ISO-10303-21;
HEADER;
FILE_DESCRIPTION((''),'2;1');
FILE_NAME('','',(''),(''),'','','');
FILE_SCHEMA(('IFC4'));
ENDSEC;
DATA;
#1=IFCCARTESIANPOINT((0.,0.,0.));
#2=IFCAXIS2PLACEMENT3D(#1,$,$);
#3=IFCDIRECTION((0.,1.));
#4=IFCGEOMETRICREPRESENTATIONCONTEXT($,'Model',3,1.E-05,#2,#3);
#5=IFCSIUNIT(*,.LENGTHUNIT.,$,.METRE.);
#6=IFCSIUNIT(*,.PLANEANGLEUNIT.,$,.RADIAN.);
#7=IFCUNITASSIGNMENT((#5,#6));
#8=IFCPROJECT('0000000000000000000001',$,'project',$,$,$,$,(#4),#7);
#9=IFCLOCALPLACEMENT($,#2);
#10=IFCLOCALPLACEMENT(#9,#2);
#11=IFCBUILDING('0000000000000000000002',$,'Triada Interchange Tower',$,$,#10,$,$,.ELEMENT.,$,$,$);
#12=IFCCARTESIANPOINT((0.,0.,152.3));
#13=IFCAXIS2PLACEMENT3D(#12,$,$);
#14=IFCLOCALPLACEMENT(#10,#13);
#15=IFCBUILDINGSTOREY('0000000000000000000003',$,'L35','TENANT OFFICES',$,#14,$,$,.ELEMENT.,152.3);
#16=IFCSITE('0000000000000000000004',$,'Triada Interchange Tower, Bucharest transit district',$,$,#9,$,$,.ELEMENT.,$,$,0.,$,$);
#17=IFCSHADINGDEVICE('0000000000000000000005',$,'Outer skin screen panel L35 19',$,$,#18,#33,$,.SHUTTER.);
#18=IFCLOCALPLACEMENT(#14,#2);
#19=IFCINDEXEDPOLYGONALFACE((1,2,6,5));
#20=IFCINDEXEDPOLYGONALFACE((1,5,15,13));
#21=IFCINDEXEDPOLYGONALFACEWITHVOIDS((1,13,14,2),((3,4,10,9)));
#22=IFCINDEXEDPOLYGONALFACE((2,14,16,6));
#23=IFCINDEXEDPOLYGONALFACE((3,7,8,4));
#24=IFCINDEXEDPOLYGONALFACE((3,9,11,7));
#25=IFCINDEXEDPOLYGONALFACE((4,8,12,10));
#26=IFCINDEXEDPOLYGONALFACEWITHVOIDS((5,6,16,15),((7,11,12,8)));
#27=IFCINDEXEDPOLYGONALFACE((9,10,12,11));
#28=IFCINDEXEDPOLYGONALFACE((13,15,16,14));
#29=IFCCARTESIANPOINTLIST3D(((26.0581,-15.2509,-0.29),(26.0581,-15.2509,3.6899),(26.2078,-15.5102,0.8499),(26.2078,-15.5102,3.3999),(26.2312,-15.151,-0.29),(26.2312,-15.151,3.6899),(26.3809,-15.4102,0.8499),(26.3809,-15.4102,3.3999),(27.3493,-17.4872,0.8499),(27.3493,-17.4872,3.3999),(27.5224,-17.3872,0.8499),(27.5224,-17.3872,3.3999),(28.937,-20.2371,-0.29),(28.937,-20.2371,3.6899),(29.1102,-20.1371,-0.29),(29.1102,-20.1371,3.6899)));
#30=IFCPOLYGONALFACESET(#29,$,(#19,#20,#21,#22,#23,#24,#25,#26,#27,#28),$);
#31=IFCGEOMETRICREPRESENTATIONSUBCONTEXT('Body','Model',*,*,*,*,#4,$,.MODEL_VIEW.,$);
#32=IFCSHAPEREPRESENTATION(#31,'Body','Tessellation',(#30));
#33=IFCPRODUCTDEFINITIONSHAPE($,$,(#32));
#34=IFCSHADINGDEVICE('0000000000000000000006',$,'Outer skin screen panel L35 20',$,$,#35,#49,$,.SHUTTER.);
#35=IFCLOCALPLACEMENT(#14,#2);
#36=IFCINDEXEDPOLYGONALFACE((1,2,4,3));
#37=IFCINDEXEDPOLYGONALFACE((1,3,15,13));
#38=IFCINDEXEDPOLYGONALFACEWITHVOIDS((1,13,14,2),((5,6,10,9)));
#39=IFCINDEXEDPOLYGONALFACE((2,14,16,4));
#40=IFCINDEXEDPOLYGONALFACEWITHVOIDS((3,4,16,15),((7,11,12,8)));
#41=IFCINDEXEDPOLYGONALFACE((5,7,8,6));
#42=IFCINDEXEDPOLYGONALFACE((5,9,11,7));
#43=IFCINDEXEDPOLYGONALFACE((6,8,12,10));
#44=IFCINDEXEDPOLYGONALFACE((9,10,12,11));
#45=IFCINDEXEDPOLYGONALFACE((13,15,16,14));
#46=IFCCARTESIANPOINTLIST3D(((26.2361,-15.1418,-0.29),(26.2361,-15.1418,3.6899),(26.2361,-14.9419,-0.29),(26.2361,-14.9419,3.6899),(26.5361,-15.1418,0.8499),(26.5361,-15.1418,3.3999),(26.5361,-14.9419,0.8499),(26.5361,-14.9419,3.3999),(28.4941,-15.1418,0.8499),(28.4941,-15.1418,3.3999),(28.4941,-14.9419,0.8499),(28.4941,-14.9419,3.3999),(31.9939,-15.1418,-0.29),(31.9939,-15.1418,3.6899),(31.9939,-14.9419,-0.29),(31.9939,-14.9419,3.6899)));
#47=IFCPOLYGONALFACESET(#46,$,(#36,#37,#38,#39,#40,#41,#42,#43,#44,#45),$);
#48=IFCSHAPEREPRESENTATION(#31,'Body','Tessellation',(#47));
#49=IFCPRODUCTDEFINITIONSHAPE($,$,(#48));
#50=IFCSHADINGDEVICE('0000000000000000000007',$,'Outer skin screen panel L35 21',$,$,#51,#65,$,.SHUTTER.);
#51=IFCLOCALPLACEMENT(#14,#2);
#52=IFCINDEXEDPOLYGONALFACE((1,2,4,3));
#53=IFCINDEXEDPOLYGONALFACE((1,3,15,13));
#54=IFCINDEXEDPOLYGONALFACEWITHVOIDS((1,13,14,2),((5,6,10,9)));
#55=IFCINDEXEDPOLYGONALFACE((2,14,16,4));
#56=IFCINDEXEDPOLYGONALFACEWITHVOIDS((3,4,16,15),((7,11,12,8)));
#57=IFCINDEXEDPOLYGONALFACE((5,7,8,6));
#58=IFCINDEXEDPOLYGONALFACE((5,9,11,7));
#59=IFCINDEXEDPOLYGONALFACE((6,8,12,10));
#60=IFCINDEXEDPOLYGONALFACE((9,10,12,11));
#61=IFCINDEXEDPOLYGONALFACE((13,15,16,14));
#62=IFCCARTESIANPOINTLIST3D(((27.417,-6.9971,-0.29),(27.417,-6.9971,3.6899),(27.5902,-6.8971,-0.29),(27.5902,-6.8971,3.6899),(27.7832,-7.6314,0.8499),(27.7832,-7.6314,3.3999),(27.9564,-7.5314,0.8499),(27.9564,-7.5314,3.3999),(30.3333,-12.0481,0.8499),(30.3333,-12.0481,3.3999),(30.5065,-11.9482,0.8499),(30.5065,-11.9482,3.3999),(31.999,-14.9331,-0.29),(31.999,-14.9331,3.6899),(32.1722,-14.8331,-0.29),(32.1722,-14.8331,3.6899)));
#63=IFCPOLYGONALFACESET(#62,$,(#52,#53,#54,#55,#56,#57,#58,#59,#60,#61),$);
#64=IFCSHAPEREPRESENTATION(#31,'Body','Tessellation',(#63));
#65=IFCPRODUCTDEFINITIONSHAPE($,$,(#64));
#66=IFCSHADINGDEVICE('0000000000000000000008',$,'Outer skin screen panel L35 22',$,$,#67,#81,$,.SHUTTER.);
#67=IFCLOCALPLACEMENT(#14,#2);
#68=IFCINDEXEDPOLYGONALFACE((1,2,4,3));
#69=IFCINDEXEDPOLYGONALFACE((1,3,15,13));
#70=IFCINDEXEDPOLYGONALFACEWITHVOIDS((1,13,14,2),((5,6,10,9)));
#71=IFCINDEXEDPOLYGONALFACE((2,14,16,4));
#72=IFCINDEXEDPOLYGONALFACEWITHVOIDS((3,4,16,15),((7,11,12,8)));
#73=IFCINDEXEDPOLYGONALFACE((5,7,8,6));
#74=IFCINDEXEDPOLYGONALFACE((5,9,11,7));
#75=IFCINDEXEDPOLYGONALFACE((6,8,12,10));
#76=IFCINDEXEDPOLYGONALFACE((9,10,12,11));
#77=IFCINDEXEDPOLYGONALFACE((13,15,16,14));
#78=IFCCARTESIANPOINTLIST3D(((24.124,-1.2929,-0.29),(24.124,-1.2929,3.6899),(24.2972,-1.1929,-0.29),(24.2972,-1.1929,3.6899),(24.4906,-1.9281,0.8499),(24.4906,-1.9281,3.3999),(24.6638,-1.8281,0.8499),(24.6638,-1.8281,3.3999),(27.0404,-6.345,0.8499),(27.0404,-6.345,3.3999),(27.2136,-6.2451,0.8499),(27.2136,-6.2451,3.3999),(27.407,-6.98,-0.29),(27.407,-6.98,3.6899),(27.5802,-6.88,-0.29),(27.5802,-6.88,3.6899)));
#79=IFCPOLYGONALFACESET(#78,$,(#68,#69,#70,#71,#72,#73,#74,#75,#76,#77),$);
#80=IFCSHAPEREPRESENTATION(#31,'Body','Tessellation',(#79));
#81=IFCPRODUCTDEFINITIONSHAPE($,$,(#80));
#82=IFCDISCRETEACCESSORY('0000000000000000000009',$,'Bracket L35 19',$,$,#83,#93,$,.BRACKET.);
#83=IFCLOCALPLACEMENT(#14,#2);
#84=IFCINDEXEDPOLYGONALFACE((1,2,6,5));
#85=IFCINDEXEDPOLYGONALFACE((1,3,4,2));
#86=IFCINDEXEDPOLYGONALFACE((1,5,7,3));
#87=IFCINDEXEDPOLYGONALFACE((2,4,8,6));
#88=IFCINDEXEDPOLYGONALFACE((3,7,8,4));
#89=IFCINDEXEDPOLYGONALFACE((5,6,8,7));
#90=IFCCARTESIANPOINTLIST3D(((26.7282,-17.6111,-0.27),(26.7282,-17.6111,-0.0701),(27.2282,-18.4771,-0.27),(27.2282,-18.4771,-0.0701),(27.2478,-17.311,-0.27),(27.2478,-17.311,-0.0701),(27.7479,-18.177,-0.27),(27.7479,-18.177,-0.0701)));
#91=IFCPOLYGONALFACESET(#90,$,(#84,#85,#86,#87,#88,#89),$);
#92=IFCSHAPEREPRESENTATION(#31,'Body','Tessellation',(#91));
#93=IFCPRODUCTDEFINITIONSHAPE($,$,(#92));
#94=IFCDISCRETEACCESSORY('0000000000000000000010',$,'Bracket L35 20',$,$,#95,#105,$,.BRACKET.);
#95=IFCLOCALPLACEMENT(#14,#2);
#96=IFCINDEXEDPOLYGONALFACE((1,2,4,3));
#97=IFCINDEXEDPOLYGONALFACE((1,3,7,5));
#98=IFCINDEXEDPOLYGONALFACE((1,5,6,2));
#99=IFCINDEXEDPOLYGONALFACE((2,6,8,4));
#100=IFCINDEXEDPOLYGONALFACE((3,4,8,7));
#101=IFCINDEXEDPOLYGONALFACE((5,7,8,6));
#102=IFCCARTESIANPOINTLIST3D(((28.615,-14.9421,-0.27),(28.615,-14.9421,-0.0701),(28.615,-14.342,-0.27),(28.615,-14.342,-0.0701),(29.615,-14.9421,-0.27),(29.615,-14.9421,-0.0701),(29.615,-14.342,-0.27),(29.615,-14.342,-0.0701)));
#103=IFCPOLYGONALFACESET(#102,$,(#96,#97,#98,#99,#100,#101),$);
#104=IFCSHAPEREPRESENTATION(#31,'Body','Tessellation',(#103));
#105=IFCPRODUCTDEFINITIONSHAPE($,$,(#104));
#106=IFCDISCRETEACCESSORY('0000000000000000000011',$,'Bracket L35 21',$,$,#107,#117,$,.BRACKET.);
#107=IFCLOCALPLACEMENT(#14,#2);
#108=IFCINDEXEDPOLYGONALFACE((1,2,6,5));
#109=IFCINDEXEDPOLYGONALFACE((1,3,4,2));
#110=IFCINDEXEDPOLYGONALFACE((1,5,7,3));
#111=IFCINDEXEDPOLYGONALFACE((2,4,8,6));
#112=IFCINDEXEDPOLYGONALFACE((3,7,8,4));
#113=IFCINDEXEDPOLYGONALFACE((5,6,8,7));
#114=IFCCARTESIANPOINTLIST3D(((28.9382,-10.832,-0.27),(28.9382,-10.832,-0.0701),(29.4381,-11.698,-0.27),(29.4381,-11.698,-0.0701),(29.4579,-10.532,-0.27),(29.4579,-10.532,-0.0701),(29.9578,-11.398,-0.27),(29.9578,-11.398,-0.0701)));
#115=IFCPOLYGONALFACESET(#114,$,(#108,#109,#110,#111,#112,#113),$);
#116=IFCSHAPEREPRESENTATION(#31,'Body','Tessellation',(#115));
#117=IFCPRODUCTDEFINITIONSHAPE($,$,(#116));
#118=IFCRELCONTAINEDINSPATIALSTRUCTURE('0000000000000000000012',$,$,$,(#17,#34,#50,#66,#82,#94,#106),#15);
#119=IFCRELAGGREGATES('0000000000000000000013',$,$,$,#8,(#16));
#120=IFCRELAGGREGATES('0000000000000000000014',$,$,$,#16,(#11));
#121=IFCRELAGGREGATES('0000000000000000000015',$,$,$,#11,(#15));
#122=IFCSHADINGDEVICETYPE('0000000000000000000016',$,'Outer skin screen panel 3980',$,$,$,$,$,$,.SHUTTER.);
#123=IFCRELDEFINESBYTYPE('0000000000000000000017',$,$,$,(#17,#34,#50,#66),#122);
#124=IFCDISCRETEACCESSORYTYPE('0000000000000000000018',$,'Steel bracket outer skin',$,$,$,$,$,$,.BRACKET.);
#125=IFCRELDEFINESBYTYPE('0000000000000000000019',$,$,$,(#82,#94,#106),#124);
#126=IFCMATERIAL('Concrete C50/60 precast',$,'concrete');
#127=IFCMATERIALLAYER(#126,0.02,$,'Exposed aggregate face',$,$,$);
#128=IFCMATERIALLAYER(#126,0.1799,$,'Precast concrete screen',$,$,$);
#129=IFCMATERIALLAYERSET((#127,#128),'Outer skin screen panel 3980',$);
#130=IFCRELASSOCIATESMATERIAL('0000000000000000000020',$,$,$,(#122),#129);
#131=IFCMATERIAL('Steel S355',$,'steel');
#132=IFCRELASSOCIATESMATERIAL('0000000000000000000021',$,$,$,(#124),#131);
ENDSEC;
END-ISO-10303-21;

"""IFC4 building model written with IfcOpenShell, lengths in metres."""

from ifc_helpers import new_model, si_unit, direction, frame, origin, origin_2d, place, context, subcontext, project, spatial, polyline, rectangle, outline, extrude, material, layer, layer_set, type_object, element, save


model = new_model("IFC4")

# Units and contexts
model_context = context("Model", 3, precision=1e-05, world=origin(), true_north=direction((0.0, 1.0)))
body_context = subcontext(model_context, "Body", "Model", "MODEL_VIEW")
ifc_project = project(units=[si_unit("LENGTHUNIT", "METRE"), si_unit("PLANEANGLEUNIT", "RADIAN")], contexts=[model_context])

# Site, building, storey
site_placement = place(None, origin())
site = spatial("IfcSite", under=ifc_project, at=site_placement, Name="Triada Interchange Tower, Bucharest transit district", CompositionType="ELEMENT", RefElevation=0.0)
building_placement = place(site_placement, origin())
building = spatial("IfcBuilding", under=site, at=building_placement, Name="Triada Interchange Tower", CompositionType="ELEMENT")
storey_placement = place(building_placement, frame((0.0, 0.0, 152.3)))
storey = spatial("IfcBuildingStorey", under=building, at=storey_placement, Name="L35", Description="TENANT OFFICES", CompositionType="ELEMENT", Elevation=152.3)

# Shading devices
ifc_material_1 = material(Name="Concrete C50/60 precast", Category="concrete")
ifc_layer_1 = layer(ifc_material_1, 0.02, Name="Exposed aggregate face")
ifc_layer_2 = layer(ifc_material_1, 0.1799, Name="Precast concrete screen")
ifc_layer_set_1 = layer_set([ifc_layer_1, ifc_layer_2], Name="Outer skin screen panel 3980")
shading_device_type = type_object("IfcShadingDeviceType", Name="Outer skin screen panel 3980", PredefinedType="SHUTTER", material=ifc_layer_set_1)
shading_device_1_placement = place(storey_placement, frame((28.937, -20.2371, -0.29), z_axis=(0.0, 0.0, 1.0), x_axis=(-0.500025, 0.866011, 0.0)))
element("IfcShadingDevice", 1, at=shading_device_1_placement, inside=storey, type_object=shading_device_type, Name="Outer skin screen panel L35 19", PredefinedType="SHUTTER", context=body_context, shape_type="SweptSolid", body=[
    extrude(outline(polyline([(0.0, 0.0), (5.7576, 0.0), (5.7576, 3.98), (0.0, 3.98), (0.0, 0.0)]), holes=[polyline([(3.1753, 1.1399), (3.1753, 3.6899), (5.4583, 3.6899), (5.4583, 1.1399), (3.1753, 1.1399)])]), frame((0.0, 0.0, 0.0), z_axis=(0.0, -1.0, 0.0), x_axis=(1.0, 0.0, 0.0)), (0.0, 0.0, 1.0), 0.2),
])
shading_device_2_placement = place(storey_placement, frame((26.2361, -14.9419, -0.29), z_axis=(0.0, 0.0, 1.0), x_axis=(1.0, 0.0, 0.0)))
element("IfcShadingDevice", 2, at=shading_device_2_placement, inside=storey, type_object=shading_device_type, Name="Outer skin screen panel L35 20", PredefinedType="SHUTTER", context=body_context, shape_type="SweptSolid", body=[
    extrude(outline(polyline([(0.0, 0.0), (5.7578, 0.0), (5.7578, 3.98), (0.0, 3.98), (0.0, 0.0)]), holes=[polyline([(0.3, 1.1399), (0.3, 3.6899), (2.2581, 3.6899), (2.2581, 1.1399), (0.3, 1.1399)])]), frame((0.0, 0.0, 0.0), z_axis=(0.0, -1.0, 0.0), x_axis=(1.0, 0.0, 0.0)), (0.0, 0.0, 1.0), 0.2),
])
shading_device_3_placement = place(storey_placement, frame((31.999, -14.9331, -0.29), z_axis=(0.0, 0.0, 1.0), x_axis=(-0.500013, 0.866018, 0.0)))
element("IfcShadingDevice", 3, at=shading_device_3_placement, inside=storey, type_object=shading_device_type, Name="Outer skin screen panel L35 21", PredefinedType="SHUTTER", context=body_context, shape_type="SweptSolid", body=[
    extrude(outline(polyline([(0.0, 0.0), (9.1638, 0.0), (9.1638, 3.98), (0.0, 3.98), (0.0, 0.0)]), holes=[polyline([(3.3313, 1.1399), (3.3313, 3.6899), (8.4314, 3.6899), (8.4314, 1.1399), (3.3313, 1.1399)])]), frame((0.0, 0.0, 0.0), z_axis=(0.0, -1.0, 0.0), x_axis=(1.0, 0.0, 0.0)), (0.0, 0.0, 1.0), 0.2),
])
shading_device_4_placement = place(storey_placement, frame((27.407, -6.98, -0.29), z_axis=(0.0, 0.0, 1.0), x_axis=(-0.49995, 0.866054, 0.0)))
element("IfcShadingDevice", 4, at=shading_device_4_placement, inside=storey, type_object=shading_device_type, Name="Outer skin screen panel L35 22", PredefinedType="SHUTTER", context=body_context, shape_type="SweptSolid", body=[
    extrude(outline(polyline([(0.0, 0.0), (6.5667, 0.0), (6.5667, 3.98), (0.0, 3.98), (0.0, 0.0)]), holes=[polyline([(0.7332, 1.1399), (0.7332, 3.6899), (5.8333, 3.6899), (5.8333, 1.1399), (0.7332, 1.1399)])]), frame((0.0, 0.0, 0.0), z_axis=(0.0, -1.0, 0.0), x_axis=(1.0, 0.0, 0.0)), (0.0, 0.0, 1.0), 0.2),
])

# Discrete accessories
ifc_material_2 = material(Name="Steel S355", Category="steel")
discrete_accessory_type = type_object("IfcDiscreteAccessoryType", Name="Steel bracket outer skin", PredefinedType="BRACKET", material=ifc_material_2)
for number, where, z_axis, x_axis, name in (
    (5, (27.238, -17.894, -0.27), (0.0, 0.0, 1.0), (0.865973, 0.50009, 0.0), "Bracket L35 19"),
    (6, (29.115, -14.6421, -0.27), (0.0, 0.0, 1.0), (0.0, -1.0, 0.0), "Bracket L35 20"),
    (7, (29.448, -11.115, -0.27), (0.0, 0.0, 1.0), (0.866036, 0.499982, 0.0), "Bracket L35 21"),
):
    element("IfcDiscreteAccessory", number, at=place(storey_placement, frame(where, z_axis=z_axis, x_axis=x_axis)), inside=storey, type_object=discrete_accessory_type, Name=name, PredefinedType="BRACKET", context=body_context, shape_type="SweptSolid", body=[
        extrude(rectangle(XDim=0.6001, YDim=1.0, at=origin_2d()), origin(), (0.0, 0.0, 1.0), 0.2),
    ])

save(model, "model.ifc")
